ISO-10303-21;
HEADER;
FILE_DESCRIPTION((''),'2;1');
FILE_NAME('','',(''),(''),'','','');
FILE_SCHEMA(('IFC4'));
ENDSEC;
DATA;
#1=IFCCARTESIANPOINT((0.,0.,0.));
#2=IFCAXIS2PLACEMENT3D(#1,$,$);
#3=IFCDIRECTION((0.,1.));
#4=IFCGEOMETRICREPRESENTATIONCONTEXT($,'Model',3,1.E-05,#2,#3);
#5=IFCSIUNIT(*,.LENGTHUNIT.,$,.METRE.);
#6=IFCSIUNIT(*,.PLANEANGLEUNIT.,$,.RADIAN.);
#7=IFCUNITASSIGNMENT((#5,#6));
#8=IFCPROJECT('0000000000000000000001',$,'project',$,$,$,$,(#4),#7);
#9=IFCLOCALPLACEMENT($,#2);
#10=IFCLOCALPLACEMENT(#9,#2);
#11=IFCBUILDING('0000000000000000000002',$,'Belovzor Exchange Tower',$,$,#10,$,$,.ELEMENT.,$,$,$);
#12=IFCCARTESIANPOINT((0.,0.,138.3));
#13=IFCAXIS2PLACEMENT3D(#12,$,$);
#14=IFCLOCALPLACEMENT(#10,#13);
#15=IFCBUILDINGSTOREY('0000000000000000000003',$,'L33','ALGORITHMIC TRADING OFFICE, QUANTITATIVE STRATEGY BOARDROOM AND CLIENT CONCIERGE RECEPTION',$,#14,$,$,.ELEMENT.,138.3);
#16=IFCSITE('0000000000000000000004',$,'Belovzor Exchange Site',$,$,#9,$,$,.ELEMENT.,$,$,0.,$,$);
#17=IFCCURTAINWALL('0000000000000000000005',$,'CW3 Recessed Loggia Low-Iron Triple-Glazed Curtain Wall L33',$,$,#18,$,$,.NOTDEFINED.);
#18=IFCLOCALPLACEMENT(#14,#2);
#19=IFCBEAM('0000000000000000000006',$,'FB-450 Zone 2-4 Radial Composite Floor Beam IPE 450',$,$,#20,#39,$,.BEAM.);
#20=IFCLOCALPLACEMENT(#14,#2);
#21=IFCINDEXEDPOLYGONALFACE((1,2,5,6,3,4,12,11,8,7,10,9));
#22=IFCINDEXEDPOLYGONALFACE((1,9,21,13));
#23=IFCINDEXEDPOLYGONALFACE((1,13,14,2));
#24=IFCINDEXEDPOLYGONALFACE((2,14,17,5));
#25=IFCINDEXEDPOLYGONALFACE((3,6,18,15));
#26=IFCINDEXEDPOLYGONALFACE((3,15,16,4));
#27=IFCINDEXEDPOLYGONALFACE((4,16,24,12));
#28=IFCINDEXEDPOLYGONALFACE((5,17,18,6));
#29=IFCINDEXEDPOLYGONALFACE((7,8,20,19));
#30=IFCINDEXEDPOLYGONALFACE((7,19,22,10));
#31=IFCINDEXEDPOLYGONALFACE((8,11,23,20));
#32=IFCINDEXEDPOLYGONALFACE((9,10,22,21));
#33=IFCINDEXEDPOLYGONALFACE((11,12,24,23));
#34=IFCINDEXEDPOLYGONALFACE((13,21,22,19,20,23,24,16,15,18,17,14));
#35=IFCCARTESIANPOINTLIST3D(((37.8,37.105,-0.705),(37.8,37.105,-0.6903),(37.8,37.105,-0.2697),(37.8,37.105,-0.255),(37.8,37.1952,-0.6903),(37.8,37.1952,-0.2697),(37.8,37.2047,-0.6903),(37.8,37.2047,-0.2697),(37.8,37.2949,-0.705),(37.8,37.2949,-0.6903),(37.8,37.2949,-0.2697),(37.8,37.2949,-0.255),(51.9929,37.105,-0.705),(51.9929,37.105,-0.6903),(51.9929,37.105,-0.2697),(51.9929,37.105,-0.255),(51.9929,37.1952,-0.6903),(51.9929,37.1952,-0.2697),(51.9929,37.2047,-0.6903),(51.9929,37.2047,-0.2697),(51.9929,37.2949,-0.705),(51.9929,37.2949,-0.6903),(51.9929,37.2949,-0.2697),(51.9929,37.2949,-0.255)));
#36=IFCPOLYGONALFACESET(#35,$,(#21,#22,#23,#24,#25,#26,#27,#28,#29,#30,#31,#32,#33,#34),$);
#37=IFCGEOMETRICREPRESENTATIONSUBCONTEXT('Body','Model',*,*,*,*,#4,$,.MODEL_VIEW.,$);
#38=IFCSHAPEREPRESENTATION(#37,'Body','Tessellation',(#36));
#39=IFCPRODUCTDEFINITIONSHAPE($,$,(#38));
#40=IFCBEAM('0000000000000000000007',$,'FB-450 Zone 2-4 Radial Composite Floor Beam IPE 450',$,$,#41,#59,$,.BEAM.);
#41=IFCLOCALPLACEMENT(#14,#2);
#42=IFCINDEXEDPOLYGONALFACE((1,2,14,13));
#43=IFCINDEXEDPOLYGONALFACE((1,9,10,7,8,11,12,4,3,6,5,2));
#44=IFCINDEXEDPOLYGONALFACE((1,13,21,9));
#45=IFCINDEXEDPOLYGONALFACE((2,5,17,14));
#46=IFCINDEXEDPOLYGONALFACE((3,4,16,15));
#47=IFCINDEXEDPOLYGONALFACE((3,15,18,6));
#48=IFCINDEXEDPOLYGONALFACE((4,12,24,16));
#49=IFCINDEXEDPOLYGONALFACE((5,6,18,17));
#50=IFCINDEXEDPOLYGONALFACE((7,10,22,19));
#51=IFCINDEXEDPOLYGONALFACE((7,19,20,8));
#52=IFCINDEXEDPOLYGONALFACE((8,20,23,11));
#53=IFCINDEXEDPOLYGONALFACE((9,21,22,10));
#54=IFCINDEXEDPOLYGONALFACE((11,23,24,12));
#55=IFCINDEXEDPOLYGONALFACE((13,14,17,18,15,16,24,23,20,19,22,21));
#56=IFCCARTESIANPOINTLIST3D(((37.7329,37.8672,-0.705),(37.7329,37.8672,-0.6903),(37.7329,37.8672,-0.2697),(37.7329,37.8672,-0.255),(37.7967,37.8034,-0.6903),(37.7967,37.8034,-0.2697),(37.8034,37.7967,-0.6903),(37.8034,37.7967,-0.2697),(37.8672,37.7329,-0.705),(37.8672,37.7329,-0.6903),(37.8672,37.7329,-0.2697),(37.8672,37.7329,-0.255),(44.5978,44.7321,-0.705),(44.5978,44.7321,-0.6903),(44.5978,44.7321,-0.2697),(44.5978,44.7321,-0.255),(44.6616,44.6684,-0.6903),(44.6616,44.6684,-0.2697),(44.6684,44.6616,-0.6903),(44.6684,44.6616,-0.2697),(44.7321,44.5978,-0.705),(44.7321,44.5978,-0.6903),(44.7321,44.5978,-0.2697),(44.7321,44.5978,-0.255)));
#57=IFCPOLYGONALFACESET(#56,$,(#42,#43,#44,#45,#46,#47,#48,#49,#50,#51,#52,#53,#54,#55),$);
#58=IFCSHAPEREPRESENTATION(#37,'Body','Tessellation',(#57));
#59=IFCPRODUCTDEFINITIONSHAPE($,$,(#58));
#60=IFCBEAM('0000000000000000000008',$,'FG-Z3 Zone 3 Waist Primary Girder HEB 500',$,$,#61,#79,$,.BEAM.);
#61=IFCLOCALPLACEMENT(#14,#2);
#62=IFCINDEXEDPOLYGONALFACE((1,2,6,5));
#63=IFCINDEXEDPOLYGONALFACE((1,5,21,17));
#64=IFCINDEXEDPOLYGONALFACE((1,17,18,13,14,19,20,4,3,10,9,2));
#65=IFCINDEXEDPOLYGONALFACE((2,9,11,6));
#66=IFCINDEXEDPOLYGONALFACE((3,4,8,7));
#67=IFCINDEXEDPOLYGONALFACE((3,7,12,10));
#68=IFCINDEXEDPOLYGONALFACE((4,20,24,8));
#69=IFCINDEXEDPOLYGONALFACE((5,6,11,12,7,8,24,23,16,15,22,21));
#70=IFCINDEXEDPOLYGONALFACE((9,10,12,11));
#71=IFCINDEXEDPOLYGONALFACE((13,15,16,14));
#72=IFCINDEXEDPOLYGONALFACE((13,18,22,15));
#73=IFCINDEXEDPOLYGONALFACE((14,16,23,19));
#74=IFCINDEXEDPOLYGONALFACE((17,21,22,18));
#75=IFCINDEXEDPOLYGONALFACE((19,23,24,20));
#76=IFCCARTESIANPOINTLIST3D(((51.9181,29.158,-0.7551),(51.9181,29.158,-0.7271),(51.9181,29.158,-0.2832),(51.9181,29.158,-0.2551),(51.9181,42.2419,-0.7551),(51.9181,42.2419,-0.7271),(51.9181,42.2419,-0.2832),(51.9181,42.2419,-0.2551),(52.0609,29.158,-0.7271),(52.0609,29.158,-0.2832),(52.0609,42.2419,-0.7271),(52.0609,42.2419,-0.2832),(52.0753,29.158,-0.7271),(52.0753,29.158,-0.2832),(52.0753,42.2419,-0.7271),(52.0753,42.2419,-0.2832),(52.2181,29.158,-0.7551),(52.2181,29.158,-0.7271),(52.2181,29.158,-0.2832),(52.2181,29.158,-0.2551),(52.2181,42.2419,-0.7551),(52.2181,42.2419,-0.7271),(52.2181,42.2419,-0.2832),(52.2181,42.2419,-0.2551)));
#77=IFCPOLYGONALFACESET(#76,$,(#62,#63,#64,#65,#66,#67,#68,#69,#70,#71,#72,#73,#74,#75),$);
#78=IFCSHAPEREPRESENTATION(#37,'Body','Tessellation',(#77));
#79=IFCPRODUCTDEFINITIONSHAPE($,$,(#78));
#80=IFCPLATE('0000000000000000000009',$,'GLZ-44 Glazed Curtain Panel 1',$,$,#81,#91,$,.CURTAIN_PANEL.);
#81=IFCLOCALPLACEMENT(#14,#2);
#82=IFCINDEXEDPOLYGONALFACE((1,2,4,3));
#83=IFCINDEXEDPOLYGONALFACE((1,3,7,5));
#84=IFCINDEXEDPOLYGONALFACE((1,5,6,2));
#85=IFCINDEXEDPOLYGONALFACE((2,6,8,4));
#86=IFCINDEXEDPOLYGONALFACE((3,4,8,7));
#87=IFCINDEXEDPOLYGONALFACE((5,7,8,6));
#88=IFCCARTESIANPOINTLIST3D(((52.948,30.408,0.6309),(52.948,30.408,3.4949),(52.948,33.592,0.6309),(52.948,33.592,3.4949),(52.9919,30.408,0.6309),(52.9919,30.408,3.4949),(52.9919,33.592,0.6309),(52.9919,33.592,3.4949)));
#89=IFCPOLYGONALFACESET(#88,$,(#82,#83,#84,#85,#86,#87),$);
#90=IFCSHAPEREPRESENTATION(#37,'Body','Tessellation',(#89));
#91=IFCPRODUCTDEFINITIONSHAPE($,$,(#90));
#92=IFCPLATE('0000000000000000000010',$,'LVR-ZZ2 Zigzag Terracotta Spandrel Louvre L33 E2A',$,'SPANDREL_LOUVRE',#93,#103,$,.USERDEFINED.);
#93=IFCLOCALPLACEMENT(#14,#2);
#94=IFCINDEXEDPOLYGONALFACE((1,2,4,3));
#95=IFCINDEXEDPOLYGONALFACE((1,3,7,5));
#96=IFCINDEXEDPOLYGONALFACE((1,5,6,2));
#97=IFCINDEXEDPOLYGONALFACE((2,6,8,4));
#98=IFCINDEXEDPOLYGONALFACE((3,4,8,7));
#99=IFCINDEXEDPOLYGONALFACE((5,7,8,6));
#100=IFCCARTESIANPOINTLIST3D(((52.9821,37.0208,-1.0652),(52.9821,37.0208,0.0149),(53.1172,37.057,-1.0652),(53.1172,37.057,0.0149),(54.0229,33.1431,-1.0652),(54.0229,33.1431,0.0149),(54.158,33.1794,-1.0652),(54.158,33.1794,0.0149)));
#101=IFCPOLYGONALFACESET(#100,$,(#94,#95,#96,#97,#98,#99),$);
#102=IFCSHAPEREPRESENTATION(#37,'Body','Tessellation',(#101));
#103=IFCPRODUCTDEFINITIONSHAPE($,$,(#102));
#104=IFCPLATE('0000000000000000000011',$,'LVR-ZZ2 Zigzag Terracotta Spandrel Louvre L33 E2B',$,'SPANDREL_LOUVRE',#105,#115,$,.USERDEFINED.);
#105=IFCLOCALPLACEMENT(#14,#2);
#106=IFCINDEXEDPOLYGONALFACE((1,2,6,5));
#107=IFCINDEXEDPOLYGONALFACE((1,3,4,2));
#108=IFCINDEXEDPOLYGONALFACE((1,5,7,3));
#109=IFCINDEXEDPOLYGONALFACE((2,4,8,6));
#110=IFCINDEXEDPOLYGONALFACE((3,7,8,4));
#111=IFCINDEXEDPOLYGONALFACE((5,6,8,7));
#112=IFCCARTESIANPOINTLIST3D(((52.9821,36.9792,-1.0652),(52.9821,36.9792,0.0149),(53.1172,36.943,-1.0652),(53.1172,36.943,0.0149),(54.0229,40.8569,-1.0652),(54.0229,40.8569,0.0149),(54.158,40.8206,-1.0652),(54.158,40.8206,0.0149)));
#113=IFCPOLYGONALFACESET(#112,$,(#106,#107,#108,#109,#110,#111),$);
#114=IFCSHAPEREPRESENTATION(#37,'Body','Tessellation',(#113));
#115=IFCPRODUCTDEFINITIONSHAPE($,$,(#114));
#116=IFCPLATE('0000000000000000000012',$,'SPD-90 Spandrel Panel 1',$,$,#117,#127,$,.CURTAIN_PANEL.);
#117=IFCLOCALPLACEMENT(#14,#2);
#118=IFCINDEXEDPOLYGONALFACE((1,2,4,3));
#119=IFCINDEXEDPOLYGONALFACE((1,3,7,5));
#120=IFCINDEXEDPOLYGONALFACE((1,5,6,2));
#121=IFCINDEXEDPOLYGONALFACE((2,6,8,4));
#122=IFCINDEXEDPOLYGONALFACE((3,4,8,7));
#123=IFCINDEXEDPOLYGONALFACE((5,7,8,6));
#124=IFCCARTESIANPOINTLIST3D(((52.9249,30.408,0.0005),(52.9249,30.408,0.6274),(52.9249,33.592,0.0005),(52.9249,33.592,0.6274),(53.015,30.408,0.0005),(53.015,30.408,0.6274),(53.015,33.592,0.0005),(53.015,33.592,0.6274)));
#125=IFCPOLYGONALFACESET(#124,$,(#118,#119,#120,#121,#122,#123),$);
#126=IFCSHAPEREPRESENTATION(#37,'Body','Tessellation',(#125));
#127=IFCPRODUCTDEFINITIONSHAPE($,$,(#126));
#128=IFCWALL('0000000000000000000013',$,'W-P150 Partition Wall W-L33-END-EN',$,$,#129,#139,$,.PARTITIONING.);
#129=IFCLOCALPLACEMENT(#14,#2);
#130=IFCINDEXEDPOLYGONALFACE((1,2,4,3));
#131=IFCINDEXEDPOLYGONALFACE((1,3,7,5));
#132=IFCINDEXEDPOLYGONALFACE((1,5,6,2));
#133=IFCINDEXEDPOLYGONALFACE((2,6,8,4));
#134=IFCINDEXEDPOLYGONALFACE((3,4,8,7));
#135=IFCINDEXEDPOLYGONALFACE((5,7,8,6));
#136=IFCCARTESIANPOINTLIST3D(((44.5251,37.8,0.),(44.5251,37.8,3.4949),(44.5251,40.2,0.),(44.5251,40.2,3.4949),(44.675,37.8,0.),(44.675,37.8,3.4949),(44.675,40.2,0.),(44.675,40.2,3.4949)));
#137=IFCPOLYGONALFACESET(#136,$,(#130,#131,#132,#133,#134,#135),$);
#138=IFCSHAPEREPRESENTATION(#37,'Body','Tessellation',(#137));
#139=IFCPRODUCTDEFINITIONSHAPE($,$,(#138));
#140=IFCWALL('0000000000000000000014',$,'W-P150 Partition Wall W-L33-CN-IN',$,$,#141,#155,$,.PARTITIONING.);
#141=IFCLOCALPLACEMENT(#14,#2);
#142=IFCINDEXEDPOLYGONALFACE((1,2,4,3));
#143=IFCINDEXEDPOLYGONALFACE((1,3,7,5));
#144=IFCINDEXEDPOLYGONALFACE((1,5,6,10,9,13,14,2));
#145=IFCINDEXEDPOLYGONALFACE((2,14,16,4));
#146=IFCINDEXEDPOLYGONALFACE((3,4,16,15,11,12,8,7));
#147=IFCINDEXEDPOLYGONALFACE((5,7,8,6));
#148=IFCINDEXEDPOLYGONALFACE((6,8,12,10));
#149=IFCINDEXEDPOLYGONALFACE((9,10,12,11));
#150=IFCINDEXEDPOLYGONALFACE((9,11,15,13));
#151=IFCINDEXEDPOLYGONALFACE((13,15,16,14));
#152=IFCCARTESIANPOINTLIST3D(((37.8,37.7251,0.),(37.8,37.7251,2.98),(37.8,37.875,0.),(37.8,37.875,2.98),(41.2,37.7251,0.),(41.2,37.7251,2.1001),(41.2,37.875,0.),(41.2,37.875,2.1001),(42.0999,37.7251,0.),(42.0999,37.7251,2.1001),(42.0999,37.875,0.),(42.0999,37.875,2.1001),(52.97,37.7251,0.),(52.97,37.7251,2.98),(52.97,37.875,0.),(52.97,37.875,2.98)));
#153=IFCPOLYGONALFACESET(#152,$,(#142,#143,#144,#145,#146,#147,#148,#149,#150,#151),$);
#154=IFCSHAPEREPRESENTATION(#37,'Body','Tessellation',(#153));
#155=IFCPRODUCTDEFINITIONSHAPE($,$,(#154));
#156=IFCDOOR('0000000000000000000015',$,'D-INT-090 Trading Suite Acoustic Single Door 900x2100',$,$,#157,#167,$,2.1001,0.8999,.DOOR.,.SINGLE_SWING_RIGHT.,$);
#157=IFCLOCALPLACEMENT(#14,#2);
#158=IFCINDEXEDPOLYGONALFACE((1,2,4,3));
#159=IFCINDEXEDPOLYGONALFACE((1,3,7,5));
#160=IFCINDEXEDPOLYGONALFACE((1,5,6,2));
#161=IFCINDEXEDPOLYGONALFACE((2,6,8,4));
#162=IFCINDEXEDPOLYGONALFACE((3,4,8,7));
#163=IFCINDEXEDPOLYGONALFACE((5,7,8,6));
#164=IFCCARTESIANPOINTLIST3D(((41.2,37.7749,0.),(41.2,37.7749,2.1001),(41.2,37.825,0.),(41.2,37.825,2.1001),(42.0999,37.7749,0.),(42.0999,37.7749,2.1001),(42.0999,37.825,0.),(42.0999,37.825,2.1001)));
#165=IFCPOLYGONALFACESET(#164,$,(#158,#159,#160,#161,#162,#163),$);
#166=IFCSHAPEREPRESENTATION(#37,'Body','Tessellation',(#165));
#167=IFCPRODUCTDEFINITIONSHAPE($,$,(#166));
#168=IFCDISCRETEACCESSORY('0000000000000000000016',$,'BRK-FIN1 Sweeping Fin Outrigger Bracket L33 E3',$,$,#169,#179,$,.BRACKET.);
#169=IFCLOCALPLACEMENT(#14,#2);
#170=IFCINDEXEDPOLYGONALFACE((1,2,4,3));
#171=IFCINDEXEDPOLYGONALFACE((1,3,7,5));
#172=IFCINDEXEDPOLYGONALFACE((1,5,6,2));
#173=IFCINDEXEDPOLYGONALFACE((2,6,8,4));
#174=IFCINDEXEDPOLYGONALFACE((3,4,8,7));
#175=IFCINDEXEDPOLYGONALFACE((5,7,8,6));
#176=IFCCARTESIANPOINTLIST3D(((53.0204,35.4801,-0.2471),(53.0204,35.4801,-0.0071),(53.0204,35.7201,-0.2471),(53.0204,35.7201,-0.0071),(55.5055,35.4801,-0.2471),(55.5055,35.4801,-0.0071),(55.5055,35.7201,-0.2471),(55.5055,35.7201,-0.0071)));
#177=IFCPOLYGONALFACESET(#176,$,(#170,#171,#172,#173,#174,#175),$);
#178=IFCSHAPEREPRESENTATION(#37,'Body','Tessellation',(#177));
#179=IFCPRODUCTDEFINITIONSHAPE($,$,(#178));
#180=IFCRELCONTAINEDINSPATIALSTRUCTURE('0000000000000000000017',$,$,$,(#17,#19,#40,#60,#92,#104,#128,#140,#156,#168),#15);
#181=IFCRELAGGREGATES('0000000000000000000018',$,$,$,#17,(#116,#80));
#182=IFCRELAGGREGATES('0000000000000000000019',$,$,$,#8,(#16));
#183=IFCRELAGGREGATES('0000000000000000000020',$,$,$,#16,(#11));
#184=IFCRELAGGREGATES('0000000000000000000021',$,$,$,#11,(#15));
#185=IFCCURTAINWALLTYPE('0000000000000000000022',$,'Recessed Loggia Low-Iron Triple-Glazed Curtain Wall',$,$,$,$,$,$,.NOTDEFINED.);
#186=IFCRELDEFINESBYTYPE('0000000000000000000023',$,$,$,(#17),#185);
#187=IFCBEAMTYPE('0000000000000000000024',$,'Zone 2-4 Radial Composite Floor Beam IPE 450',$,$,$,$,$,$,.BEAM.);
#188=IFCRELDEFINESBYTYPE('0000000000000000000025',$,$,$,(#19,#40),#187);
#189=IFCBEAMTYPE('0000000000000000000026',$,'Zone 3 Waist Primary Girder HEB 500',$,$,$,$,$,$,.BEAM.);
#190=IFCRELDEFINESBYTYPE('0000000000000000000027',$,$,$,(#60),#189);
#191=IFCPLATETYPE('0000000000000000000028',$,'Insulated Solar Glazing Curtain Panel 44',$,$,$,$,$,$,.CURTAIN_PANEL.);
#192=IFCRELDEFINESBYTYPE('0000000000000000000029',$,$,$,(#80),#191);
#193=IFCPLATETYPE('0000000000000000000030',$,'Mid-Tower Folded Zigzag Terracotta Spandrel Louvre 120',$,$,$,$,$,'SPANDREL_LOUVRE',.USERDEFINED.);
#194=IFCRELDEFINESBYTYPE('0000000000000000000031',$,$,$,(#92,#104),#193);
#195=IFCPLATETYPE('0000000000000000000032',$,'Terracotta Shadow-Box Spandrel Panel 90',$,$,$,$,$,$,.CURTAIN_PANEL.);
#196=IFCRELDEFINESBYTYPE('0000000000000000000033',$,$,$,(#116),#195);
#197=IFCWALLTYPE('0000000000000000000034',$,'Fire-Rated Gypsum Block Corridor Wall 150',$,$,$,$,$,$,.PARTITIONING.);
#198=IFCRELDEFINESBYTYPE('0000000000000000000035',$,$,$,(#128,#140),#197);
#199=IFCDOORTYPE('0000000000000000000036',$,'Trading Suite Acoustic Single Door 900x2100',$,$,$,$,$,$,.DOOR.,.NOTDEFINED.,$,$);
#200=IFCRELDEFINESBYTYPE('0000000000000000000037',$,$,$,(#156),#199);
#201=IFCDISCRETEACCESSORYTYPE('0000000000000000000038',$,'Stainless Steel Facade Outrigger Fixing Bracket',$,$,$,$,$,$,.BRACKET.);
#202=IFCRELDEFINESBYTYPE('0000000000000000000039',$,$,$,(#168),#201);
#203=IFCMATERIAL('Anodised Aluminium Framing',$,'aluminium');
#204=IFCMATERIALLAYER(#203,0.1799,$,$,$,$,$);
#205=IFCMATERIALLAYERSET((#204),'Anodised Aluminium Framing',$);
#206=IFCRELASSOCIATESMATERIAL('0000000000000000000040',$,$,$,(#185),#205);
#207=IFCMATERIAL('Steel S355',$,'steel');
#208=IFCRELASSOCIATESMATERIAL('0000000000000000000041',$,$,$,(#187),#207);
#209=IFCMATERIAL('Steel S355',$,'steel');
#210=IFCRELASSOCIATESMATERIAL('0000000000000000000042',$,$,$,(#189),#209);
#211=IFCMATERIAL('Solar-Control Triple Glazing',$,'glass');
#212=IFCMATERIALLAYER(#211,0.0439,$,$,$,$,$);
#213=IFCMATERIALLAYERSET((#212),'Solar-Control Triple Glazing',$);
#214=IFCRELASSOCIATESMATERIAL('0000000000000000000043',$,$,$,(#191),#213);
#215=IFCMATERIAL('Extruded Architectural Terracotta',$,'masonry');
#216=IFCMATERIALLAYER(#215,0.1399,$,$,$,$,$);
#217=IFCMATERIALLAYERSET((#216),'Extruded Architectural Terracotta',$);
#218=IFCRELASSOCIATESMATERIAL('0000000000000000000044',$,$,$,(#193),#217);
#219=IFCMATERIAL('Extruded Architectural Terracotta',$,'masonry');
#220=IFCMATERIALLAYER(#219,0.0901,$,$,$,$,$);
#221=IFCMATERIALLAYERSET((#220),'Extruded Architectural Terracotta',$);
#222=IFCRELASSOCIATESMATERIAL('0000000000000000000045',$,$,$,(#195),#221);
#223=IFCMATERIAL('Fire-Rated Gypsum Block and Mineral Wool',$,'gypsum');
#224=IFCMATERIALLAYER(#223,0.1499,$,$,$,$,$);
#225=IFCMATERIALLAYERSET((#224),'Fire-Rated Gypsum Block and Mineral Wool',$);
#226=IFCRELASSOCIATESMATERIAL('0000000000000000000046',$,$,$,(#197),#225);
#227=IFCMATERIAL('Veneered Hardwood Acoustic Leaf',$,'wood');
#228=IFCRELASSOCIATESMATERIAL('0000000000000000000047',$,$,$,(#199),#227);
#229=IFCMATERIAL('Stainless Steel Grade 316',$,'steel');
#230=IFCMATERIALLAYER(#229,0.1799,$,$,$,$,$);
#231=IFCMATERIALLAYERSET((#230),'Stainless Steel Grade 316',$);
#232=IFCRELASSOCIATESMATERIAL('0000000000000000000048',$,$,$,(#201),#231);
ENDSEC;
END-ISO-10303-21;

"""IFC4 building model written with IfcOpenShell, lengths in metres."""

from ifc_helpers import new_model, si_unit, direction, frame, frame_2d, origin, origin_2d, place, context, subcontext, project, spatial, rectangle, i_section, extrude, material, layer, layer_set, material_profile, profile_set, type_object, element, fill, aggregate, save


model = new_model("IFC4")

# Units and contexts
model_context = context("Model", 3, precision=1e-05, world=origin(), true_north=direction((0.0, 1.0)))
body_context = subcontext(model_context, "Body", "Model", "MODEL_VIEW")
ifc_project = project(units=[si_unit("LENGTHUNIT", "METRE"), si_unit("PLANEANGLEUNIT", "RADIAN")], contexts=[model_context])

# Site, building, storey
site_placement = place(None, origin())
site = spatial("IfcSite", under=ifc_project, at=site_placement, Name="Belovzor Exchange Site", CompositionType="ELEMENT", RefElevation=0.0)
building_placement = place(site_placement, origin())
building = spatial("IfcBuilding", under=site, at=building_placement, Name="Belovzor Exchange Tower", CompositionType="ELEMENT")
storey_placement = place(building_placement, frame((0.0, 0.0, 138.3)))
storey = spatial("IfcBuildingStorey", under=building, at=storey_placement, Name="L33", Description="ALGORITHMIC TRADING OFFICE, QUANTITATIVE STRATEGY BOARDROOM AND CLIENT CONCIERGE RECEPTION", CompositionType="ELEMENT", Elevation=138.3)

# Curtain wall
ifc_material_1 = material(Name="Anodised Aluminium Framing", Category="aluminium")
ifc_layer_1 = layer(ifc_material_1, 0.1799)
ifc_layer_set_1 = layer_set([ifc_layer_1], Name="Anodised Aluminium Framing")
curtain_wall_type = type_object("IfcCurtainWallType", Name="Recessed Loggia Low-Iron Triple-Glazed Curtain Wall", PredefinedType="NOTDEFINED", material=ifc_layer_set_1)
curtain_wall_placement = place(storey_placement, origin())
curtain_wall = element("IfcCurtainWall", 1, at=curtain_wall_placement, inside=storey, type_object=curtain_wall_type, Name="CW3 Recessed Loggia Low-Iron Triple-Glazed Curtain Wall L33", PredefinedType="NOTDEFINED")

# Beams
ifc_material_2 = material(Name="Steel S355", Category="steel")
ifc_material_profile_1 = material_profile(ifc_material_2, i_section(OverallWidth=0.1899, OverallDepth=0.45, WebThickness=0.0095, FlangeThickness=0.0146, at=origin_2d()))
ifc_profile_set_1 = profile_set([ifc_material_profile_1], Name="Steel S355")
beam_type_1 = type_object("IfcBeamType", Name="Zone 2-4 Radial Composite Floor Beam IPE 450", PredefinedType="BEAM", material=ifc_profile_set_1)
beam_1_placement = place(storey_placement, frame((37.8, 37.2, -0.48), z_axis=(1.0, 0.0, 0.0), x_axis=(0.0, 1.0, 0.0)))
element("IfcBeam", 2, at=beam_1_placement, inside=storey, type_object=beam_type_1, Name="FB-450 Zone 2-4 Radial Composite Floor Beam IPE 450", PredefinedType="BEAM", context=body_context, shape_type="SweptSolid", body=[
    extrude(i_section(OverallWidth=0.1899, OverallDepth=0.45, WebThickness=0.0095, FlangeThickness=0.0146, at=origin_2d()), origin(), (0.0, 0.0, 1.0), 14.1929),
])
beam_2_placement = place(storey_placement, frame((37.8, 37.8, -0.48), z_axis=(0.707107, 0.707107, 0.0), x_axis=(-0.707107, 0.707107, 0.0)))
element("IfcBeam", 3, at=beam_2_placement, inside=storey, type_object=beam_type_1, Name="FB-450 Zone 2-4 Radial Composite Floor Beam IPE 450", PredefinedType="BEAM", context=body_context, shape_type="SweptSolid", body=[
    extrude(i_section(OverallWidth=0.1899, OverallDepth=0.45, WebThickness=0.0095, FlangeThickness=0.0146, at=origin_2d()), origin(), (0.0, 0.0, 1.0), 9.7085),
])
ifc_material_3 = material(Name="Steel S355", Category="steel")
ifc_material_profile_2 = material_profile(ifc_material_3, i_section(OverallWidth=0.3, OverallDepth=0.5, WebThickness=0.0144, FlangeThickness=0.0281, at=origin_2d()))
ifc_profile_set_2 = profile_set([ifc_material_profile_2], Name="Steel S355")
beam_type_2 = type_object("IfcBeamType", Name="Zone 3 Waist Primary Girder HEB 500", PredefinedType="BEAM", material=ifc_profile_set_2)
beam_3_placement = place(storey_placement, frame((52.0681, 29.158, -0.5051), z_axis=(0.0, 1.0, 0.0), x_axis=(-1.0, 0.0, 0.0)))
element("IfcBeam", 4, at=beam_3_placement, inside=storey, type_object=beam_type_2, Name="FG-Z3 Zone 3 Waist Primary Girder HEB 500", PredefinedType="BEAM", context=body_context, shape_type="SweptSolid", body=[
    extrude(i_section(OverallWidth=0.3, OverallDepth=0.5, WebThickness=0.0144, FlangeThickness=0.0281, at=origin_2d()), origin(), (0.0, 0.0, 1.0), 13.084),
])

# Plate
ifc_material_4 = material(Name="Solar-Control Triple Glazing", Category="glass")
ifc_layer_2 = layer(ifc_material_4, 0.0439)
ifc_layer_set_2 = layer_set([ifc_layer_2], Name="Solar-Control Triple Glazing")
plate_type_1 = type_object("IfcPlateType", Name="Insulated Solar Glazing Curtain Panel 44", PredefinedType="CURTAIN_PANEL", material=ifc_layer_set_2)
plate_1_placement = place(storey_placement, frame((52.97, 32.0, 0.6309), z_axis=(0.0, 0.0, 1.0), x_axis=(0.0, -1.0, 0.0)))
plate_1 = element("IfcPlate", 5, at=plate_1_placement, type_object=plate_type_1, Name="GLZ-44 Glazed Curtain Panel 1", PredefinedType="CURTAIN_PANEL", context=body_context, shape_type="SweptSolid", body=[
    extrude(rectangle(XDim=3.1841, YDim=0.0439, at=origin_2d()), origin(), (0.0, 0.0, 1.0), 2.864),
])

# Plates
ifc_material_5 = material(Name="Extruded Architectural Terracotta", Category="masonry")
ifc_layer_3 = layer(ifc_material_5, 0.1399)
ifc_layer_set_3 = layer_set([ifc_layer_3], Name="Extruded Architectural Terracotta")
plate_type_2 = type_object("IfcPlateType", Name="Mid-Tower Folded Zigzag Terracotta Spandrel Louvre 120", ElementType="SPANDREL_LOUVRE", PredefinedType="USERDEFINED", material=ifc_layer_set_3)
for number, where, z_axis, x_axis, name in (
    (6, (53.5701, 35.1001, -1.0652), (0.0, 0.0, 1.0), (-0.25924, 0.965813, 0.0), "LVR-ZZ2 Zigzag Terracotta Spandrel Louvre L33 E2A"),
    (7, (53.5701, 38.8999, -1.0652), (0.0, 0.0, 1.0), (0.25924, 0.965813, 0.0), "LVR-ZZ2 Zigzag Terracotta Spandrel Louvre L33 E2B"),
):
    element("IfcPlate", number, at=place(storey_placement, frame(where, z_axis=z_axis, x_axis=x_axis)), inside=storey, type_object=plate_type_2, Name=name, ObjectType="SPANDREL_LOUVRE", PredefinedType="USERDEFINED", context=body_context, shape_type="SweptSolid", body=[
        extrude(rectangle(XDim=4.0149, YDim=0.1399, at=origin_2d()), origin(), (0.0, 0.0, 1.0), 1.0801),
    ])

# Plate
ifc_material_6 = material(Name="Extruded Architectural Terracotta", Category="masonry")
ifc_layer_4 = layer(ifc_material_6, 0.0901)
ifc_layer_set_4 = layer_set([ifc_layer_4], Name="Extruded Architectural Terracotta")
plate_type_3 = type_object("IfcPlateType", Name="Terracotta Shadow-Box Spandrel Panel 90", PredefinedType="CURTAIN_PANEL", material=ifc_layer_set_4)
plate_2_placement = place(storey_placement, frame((52.97, 32.0, 0.0005), z_axis=(0.0, 0.0, 1.0), x_axis=(0.0, -1.0, 0.0)))
plate_2 = element("IfcPlate", 8, at=plate_2_placement, type_object=plate_type_3, Name="SPD-90 Spandrel Panel 1", PredefinedType="CURTAIN_PANEL", context=body_context, shape_type="SweptSolid", body=[
    extrude(rectangle(XDim=3.1841, YDim=0.0901, at=origin_2d()), origin(), (0.0, 0.0, 1.0), 0.627),
])
aggregate(curtain_wall, [plate_2, plate_1])

# Wall
ifc_material_7 = material(Name="Fire-Rated Gypsum Block and Mineral Wool", Category="gypsum")
ifc_layer_5 = layer(ifc_material_7, 0.1499)
ifc_layer_set_5 = layer_set([ifc_layer_5], Name="Fire-Rated Gypsum Block and Mineral Wool")
wall_type = type_object("IfcWallType", Name="Fire-Rated Gypsum Block Corridor Wall 150", PredefinedType="PARTITIONING", material=ifc_layer_set_5)
wall_1_placement = place(storey_placement, frame((44.6001, 37.8, 0.0), z_axis=(0.0, 0.0, 1.0), x_axis=(0.0, 1.0, 0.0)))
element("IfcWall", 9, at=wall_1_placement, inside=storey, type_object=wall_type, Name="W-P150 Partition Wall W-L33-END-EN", PredefinedType="PARTITIONING", context=body_context, shape_type="SweptSolid", body=[
    extrude(rectangle(XDim=2.3999, YDim=0.1499, at=frame_2d((1.2, 0.0))), origin(), (0.0, 0.0, 1.0), 3.4949),
])

# Wall, opening, door
wall_2_placement = place(storey_placement, frame((37.8, 37.8, 0.0), z_axis=(0.0, 0.0, 1.0), x_axis=(1.0, 0.0, 0.0)))
wall_2 = element("IfcWall", 10, at=wall_2_placement, inside=storey, type_object=wall_type, Name="W-P150 Partition Wall W-L33-CN-IN", PredefinedType="PARTITIONING", context=body_context, shape_type="SweptSolid", body=[
    extrude(rectangle(XDim=15.1699, YDim=0.1499, at=frame_2d((7.585, 0.0))), origin(), (0.0, 0.0, 1.0), 2.98),
])
opening_placement = place(wall_2_placement, frame((3.3999, 0.0, 0.0)))
opening = element("IfcOpeningElement", 11, at=opening_placement, cuts=wall_2, PredefinedType="OPENING", context=body_context, shape_type="SweptSolid", body=[
    extrude(rectangle(XDim=0.8999, YDim=2.1001, at=frame_2d((0.45, 1.05))), frame((0.0, 0.085, 0.0), z_axis=(0.0, -1.0, 0.0), x_axis=(1.0, 0.0, 0.0)), (0.0, 0.0, 1.0), 0.1699),
])
ifc_material_8 = material(Name="Veneered Hardwood Acoustic Leaf", Category="wood")
door_type = type_object("IfcDoorType", Name="Trading Suite Acoustic Single Door 900x2100", OperationType="NOTDEFINED", PredefinedType="DOOR", material=ifc_material_8)
door_placement = place(opening_placement, origin())
door = element("IfcDoor", 12, at=door_placement, inside=storey, type_object=door_type, Name="D-INT-090 Trading Suite Acoustic Single Door 900x2100", OperationType="SINGLE_SWING_RIGHT", OverallHeight=2.1001, OverallWidth=0.8999, PredefinedType="DOOR", context=body_context, shape_type="SweptSolid", body=[
    extrude(rectangle(XDim=0.8999, YDim=2.1001, at=frame_2d((0.45, 1.05))), frame((0.0, 0.0249, 0.0), z_axis=(0.0, -1.0, 0.0), x_axis=(1.0, 0.0, 0.0)), (0.0, 0.0, 1.0), 0.05),
])
fill(opening, door)

# Discrete accessory
ifc_material_9 = material(Name="Stainless Steel Grade 316", Category="steel")
ifc_layer_6 = layer(ifc_material_9, 0.1799)
ifc_layer_set_6 = layer_set([ifc_layer_6], Name="Stainless Steel Grade 316")
discrete_accessory_type = type_object("IfcDiscreteAccessoryType", Name="Stainless Steel Facade Outrigger Fixing Bracket", PredefinedType="BRACKET", material=ifc_layer_set_6)
discrete_accessory_placement = place(storey_placement, frame((54.2629, 35.6001, -0.2471), z_axis=(0.0, 0.0, 1.0), x_axis=(1.0, 0.0, 0.0)))
element("IfcDiscreteAccessory", 13, at=discrete_accessory_placement, inside=storey, type_object=discrete_accessory_type, Name="BRK-FIN1 Sweeping Fin Outrigger Bracket L33 E3", PredefinedType="BRACKET", context=body_context, shape_type="SweptSolid", body=[
    extrude(rectangle(XDim=2.4851, YDim=0.24, at=origin_2d()), origin(), (0.0, 0.0, 1.0), 0.24),
])

save(model, "model.ifc")
